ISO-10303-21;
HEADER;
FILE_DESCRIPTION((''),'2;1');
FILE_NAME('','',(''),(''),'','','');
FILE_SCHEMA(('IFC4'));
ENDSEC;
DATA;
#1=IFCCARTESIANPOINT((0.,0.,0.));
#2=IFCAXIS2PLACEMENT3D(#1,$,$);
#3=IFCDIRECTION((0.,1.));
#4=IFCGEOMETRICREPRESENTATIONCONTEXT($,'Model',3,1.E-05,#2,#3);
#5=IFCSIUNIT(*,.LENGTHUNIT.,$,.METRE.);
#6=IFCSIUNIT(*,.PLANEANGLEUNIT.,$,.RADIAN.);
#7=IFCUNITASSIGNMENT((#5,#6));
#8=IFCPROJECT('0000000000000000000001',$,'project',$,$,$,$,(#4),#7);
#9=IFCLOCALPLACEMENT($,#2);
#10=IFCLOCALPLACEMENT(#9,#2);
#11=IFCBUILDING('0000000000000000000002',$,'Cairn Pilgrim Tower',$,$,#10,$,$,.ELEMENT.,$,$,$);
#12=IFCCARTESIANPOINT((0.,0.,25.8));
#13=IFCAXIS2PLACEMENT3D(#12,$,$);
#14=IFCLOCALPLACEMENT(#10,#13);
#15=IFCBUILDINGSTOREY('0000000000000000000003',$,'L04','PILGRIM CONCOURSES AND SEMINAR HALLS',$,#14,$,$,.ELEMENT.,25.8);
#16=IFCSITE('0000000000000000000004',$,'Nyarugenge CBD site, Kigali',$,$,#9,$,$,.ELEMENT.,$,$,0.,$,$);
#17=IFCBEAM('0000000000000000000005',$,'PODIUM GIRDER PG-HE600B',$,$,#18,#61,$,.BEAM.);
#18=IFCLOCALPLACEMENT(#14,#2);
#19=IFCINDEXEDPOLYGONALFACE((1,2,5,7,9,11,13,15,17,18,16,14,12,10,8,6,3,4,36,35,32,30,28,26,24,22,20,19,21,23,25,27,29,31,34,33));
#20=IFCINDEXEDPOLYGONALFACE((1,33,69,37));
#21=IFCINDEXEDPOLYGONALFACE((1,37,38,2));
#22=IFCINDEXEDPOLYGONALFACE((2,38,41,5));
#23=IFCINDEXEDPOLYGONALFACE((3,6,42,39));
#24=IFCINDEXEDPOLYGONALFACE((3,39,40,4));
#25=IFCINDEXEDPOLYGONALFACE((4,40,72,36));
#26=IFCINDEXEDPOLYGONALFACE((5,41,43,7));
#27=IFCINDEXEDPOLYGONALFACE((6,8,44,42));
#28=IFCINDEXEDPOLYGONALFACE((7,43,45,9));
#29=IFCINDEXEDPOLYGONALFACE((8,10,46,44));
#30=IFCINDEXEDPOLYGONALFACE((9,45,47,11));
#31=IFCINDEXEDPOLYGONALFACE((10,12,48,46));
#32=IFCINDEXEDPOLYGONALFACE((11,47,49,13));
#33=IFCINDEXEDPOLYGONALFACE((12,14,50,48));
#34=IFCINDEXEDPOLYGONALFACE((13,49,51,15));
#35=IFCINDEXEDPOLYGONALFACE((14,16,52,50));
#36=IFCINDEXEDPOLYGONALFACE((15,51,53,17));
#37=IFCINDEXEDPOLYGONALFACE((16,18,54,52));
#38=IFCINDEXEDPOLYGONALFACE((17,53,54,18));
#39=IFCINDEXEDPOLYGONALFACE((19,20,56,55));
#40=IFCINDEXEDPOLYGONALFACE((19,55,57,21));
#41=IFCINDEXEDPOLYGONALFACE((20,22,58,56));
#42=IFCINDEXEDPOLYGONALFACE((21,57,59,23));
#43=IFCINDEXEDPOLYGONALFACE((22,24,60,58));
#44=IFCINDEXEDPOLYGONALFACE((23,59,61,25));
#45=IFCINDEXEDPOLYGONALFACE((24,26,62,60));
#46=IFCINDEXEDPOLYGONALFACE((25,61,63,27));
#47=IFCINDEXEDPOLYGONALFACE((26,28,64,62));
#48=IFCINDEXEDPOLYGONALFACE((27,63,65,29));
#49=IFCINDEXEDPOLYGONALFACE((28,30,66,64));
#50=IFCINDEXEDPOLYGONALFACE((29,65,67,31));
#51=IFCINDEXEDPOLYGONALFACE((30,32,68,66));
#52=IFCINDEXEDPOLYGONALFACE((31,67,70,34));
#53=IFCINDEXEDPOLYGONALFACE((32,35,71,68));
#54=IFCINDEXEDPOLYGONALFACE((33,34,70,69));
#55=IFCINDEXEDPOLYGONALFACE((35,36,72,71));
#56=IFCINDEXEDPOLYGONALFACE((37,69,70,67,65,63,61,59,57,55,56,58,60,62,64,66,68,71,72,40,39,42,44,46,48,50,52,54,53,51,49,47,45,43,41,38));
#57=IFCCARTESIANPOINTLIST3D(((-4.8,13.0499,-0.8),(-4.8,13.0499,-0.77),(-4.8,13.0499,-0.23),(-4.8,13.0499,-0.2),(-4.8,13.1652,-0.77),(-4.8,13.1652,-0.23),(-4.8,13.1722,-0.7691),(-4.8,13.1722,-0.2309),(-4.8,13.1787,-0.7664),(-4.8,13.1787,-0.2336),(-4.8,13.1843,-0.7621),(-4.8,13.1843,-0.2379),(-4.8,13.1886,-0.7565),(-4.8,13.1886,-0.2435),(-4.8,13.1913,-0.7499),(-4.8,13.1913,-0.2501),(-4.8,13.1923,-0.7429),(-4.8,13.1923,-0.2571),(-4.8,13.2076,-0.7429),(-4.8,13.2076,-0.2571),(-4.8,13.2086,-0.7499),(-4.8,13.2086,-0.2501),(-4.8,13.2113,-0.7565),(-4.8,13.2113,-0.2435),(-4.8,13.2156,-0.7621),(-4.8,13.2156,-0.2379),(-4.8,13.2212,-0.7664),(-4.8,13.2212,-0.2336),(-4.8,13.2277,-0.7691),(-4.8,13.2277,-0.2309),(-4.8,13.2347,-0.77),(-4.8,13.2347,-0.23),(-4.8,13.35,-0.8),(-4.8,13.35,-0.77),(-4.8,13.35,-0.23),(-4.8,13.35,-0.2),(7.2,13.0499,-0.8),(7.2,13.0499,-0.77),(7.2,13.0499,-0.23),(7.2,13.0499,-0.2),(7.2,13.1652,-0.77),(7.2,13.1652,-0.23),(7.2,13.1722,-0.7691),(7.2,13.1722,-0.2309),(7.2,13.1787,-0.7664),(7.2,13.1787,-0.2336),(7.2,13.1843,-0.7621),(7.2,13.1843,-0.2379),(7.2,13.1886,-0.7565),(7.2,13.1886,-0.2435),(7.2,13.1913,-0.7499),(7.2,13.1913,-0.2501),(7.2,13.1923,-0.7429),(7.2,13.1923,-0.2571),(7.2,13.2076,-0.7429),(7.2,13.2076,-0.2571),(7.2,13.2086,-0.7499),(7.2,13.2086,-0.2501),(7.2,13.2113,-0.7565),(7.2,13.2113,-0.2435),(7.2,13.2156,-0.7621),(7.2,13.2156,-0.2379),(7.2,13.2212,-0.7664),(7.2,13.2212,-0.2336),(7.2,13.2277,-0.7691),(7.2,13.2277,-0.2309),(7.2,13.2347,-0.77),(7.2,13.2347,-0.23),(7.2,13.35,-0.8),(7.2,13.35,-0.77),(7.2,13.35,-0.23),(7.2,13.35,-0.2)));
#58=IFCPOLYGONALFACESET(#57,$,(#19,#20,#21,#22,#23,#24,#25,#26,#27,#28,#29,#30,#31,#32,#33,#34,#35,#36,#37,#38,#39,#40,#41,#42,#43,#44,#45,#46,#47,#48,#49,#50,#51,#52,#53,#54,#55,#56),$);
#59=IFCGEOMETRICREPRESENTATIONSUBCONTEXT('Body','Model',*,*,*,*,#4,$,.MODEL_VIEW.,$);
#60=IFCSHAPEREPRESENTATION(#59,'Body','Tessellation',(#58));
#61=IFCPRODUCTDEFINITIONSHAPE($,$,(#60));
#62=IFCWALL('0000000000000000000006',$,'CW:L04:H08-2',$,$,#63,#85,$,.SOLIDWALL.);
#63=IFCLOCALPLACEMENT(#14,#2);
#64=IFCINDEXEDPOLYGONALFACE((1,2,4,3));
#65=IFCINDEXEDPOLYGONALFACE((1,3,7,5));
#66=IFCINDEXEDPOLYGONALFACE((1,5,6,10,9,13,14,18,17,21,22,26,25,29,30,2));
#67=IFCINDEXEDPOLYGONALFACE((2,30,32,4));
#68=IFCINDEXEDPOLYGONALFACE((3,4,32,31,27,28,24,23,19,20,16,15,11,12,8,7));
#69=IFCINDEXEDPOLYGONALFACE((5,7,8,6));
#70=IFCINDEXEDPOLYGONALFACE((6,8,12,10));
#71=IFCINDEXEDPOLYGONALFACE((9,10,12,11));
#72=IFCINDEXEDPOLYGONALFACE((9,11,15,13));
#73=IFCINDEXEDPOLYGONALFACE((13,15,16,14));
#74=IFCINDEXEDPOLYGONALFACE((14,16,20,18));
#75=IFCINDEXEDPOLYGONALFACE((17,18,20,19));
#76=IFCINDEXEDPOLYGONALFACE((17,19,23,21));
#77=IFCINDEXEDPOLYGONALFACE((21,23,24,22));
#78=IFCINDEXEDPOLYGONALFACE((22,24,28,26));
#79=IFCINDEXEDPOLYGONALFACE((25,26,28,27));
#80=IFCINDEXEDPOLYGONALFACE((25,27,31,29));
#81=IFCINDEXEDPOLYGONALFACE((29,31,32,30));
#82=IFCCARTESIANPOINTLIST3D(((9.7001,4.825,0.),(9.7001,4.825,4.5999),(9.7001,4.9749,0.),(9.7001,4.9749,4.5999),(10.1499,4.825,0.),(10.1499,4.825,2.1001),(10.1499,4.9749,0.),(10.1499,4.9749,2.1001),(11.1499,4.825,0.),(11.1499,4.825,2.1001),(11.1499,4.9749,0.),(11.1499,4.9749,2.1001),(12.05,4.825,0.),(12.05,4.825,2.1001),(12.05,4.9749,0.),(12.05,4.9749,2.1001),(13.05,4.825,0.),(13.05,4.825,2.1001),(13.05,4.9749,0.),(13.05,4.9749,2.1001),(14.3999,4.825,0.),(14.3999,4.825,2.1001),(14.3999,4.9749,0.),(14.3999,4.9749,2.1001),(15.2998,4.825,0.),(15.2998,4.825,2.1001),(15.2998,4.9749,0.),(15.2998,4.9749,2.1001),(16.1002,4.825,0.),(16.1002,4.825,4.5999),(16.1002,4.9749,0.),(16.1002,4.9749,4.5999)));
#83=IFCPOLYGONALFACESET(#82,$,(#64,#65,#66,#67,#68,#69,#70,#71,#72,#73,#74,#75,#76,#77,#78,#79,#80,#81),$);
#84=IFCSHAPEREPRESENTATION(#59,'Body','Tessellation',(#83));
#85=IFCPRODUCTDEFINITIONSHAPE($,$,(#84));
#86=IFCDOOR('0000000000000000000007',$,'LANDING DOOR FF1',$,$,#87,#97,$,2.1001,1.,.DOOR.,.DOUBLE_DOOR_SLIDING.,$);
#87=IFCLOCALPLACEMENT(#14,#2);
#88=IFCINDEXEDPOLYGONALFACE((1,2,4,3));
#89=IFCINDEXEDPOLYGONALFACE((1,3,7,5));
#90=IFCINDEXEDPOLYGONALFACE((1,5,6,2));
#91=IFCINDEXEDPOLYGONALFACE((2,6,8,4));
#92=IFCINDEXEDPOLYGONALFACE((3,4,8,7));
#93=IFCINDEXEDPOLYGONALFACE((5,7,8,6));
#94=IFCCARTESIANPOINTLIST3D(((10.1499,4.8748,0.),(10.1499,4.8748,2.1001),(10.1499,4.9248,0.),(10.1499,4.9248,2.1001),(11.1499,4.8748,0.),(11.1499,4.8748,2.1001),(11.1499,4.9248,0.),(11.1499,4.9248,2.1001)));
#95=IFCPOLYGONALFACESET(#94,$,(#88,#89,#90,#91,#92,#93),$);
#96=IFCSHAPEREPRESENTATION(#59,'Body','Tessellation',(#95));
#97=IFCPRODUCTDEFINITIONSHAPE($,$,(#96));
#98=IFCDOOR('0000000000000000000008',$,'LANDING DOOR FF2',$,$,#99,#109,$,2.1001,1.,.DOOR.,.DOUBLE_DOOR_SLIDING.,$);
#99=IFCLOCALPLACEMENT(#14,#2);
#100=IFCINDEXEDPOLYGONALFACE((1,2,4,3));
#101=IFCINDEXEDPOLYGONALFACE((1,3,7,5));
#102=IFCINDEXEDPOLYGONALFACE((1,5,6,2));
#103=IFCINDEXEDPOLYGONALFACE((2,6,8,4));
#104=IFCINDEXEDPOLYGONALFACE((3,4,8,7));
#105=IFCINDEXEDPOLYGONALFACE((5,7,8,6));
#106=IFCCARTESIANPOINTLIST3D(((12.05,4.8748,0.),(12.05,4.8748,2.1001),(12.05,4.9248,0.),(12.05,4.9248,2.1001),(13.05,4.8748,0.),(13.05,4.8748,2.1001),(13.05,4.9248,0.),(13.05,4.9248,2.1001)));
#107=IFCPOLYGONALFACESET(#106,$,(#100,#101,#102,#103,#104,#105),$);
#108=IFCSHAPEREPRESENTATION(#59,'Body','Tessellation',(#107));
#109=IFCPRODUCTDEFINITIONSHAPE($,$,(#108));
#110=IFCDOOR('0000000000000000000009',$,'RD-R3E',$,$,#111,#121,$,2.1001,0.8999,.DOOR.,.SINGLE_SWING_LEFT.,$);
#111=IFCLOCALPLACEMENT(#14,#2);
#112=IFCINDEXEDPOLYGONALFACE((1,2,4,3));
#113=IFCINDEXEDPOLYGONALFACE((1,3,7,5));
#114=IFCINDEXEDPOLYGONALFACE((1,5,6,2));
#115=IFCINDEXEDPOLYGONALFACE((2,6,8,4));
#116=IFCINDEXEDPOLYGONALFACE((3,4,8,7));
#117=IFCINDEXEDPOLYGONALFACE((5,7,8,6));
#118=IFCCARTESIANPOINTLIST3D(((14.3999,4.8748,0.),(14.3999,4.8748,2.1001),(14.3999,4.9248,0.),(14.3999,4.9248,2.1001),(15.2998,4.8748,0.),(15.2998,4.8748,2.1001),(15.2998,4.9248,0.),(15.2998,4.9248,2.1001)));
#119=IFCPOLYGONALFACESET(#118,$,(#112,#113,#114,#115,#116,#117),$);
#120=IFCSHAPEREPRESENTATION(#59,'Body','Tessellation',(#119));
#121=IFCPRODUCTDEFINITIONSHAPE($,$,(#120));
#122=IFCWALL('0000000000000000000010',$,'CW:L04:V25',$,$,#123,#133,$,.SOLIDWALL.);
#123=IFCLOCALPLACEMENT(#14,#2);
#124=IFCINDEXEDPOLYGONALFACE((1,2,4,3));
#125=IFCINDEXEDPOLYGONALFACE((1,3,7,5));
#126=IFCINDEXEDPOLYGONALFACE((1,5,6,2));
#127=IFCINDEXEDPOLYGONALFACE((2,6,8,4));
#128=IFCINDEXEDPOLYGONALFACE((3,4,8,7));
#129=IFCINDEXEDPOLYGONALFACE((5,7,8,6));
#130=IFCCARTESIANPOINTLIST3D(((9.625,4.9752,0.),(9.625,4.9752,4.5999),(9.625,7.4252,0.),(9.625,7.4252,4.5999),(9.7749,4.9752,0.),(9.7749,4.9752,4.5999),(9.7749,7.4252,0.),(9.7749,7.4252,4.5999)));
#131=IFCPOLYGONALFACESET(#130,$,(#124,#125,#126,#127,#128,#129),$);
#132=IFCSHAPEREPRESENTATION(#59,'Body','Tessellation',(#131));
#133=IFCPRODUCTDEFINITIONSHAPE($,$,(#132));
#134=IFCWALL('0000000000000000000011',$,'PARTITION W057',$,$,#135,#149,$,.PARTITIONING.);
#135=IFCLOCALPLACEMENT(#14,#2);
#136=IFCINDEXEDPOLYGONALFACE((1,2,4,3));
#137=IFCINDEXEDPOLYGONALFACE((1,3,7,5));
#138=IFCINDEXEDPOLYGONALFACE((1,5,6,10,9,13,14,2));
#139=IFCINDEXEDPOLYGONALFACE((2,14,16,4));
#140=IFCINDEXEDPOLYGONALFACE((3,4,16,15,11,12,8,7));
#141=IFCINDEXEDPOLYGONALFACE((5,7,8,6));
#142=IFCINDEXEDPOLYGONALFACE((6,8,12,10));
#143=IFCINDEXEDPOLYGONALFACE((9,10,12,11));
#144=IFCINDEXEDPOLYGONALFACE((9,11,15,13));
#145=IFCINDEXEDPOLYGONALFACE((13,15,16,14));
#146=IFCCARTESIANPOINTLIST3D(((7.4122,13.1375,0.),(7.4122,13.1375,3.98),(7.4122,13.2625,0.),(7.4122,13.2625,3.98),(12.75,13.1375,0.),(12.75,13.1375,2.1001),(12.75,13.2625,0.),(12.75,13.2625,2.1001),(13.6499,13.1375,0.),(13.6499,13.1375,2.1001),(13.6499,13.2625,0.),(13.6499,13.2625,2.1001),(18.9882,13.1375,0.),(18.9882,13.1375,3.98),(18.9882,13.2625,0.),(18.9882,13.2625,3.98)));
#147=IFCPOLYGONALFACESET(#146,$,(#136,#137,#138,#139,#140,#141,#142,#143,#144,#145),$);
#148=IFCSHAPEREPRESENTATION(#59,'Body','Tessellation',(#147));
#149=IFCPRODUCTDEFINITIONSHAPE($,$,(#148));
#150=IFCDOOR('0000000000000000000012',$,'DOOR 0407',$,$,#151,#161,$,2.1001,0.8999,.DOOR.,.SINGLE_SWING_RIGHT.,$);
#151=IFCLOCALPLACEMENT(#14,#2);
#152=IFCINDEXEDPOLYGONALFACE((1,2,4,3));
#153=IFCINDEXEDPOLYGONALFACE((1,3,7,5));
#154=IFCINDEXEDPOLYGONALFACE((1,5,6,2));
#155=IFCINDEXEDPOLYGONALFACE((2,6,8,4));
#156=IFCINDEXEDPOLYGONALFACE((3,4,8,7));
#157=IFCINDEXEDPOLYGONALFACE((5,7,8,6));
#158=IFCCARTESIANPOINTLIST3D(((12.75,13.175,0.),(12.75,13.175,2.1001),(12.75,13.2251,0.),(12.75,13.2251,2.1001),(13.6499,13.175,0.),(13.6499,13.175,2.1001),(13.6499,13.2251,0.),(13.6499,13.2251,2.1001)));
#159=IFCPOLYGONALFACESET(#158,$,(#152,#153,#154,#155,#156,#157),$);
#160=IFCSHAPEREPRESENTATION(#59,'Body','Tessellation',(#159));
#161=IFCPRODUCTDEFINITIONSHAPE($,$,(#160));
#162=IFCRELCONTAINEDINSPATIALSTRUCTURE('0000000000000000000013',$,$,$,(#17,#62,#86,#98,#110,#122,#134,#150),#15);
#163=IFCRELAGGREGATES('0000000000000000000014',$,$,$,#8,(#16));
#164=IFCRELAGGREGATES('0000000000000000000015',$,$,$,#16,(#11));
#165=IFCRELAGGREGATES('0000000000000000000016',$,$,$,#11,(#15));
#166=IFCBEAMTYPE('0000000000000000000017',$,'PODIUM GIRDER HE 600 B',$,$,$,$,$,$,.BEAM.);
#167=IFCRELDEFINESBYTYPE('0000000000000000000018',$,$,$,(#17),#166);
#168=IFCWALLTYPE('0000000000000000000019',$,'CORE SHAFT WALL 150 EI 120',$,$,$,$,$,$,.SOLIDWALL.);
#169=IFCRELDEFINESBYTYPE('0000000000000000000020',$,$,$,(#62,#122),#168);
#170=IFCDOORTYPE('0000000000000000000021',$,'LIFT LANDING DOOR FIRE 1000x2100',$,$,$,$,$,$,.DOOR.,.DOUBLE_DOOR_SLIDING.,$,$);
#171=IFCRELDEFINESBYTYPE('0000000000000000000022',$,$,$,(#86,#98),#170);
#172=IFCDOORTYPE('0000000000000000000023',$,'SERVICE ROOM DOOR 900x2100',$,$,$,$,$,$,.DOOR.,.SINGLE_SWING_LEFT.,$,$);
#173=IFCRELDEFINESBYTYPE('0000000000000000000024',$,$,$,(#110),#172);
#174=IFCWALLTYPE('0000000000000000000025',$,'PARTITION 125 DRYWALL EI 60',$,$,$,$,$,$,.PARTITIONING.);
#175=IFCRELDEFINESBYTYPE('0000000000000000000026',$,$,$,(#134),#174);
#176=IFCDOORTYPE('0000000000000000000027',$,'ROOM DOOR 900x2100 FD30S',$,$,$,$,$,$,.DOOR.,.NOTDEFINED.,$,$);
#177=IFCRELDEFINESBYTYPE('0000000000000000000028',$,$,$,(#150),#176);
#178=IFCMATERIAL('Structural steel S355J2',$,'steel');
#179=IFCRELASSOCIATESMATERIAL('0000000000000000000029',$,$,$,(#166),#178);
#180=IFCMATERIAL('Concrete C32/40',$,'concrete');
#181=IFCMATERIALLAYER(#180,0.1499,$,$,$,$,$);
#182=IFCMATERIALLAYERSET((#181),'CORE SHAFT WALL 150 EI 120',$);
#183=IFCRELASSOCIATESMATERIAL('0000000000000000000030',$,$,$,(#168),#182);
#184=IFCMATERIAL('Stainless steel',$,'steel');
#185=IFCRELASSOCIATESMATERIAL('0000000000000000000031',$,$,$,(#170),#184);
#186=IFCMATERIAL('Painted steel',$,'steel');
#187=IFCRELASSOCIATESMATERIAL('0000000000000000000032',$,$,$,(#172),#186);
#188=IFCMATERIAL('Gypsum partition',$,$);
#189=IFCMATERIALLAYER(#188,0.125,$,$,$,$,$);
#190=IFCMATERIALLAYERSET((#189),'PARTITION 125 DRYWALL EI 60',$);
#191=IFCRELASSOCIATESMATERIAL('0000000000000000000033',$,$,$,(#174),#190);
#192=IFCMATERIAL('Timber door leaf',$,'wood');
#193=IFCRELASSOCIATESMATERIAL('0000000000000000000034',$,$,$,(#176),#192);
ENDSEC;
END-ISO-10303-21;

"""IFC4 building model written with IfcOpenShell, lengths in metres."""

from ifc_helpers import new_model, si_unit, direction, frame, frame_2d, origin, origin_2d, place, context, subcontext, project, spatial, rectangle, i_section, extrude, material, layer, layer_set, material_profile, profile_set, type_object, element, fill, save


model = new_model("IFC4")

# Units and contexts
model_context = context("Model", 3, precision=1e-05, world=origin(), true_north=direction((0.0, 1.0)))
body_context = subcontext(model_context, "Body", "Model", "MODEL_VIEW")
ifc_project = project(units=[si_unit("LENGTHUNIT", "METRE"), si_unit("PLANEANGLEUNIT", "RADIAN")], contexts=[model_context])

# Site, building, storey
site_placement = place(None, origin())
site = spatial("IfcSite", under=ifc_project, at=site_placement, Name="Nyarugenge CBD site, Kigali", CompositionType="ELEMENT", RefElevation=0.0)
building_placement = place(site_placement, origin())
building = spatial("IfcBuilding", under=site, at=building_placement, Name="Cairn Pilgrim Tower", CompositionType="ELEMENT")
storey_placement = place(building_placement, frame((0.0, 0.0, 25.8)))
storey = spatial("IfcBuildingStorey", under=building, at=storey_placement, Name="L04", Description="PILGRIM CONCOURSES AND SEMINAR HALLS", CompositionType="ELEMENT", Elevation=25.8)

# Beam
ifc_material_1 = material(Name="Structural steel S355J2", Category="steel")
ifc_material_profile_1 = material_profile(ifc_material_1, i_section(OverallWidth=0.3, OverallDepth=0.6001, WebThickness=0.0154, FlangeThickness=0.03, FilletRadius=0.0271, at=origin_2d()), Name="HEB 600")
ifc_profile_set_1 = profile_set([ifc_material_profile_1], Name="Structural steel S355J2")
beam_type_1 = type_object("IfcBeamType", Name="PODIUM GIRDER HE 600 B", PredefinedType="BEAM", material=ifc_profile_set_1)
beam_1_placement = place(storey_placement, frame((7.2, 13.2, -0.5), z_axis=(-1.0, 0.0, 0.0), x_axis=(0.0, -1.0, 0.0)))
element("IfcBeam", 1, at=beam_1_placement, inside=storey, type_object=beam_type_1, Name="PODIUM GIRDER PG-HE600B", PredefinedType="BEAM", context=body_context, shape_type="SweptSolid", body=[
    extrude(i_section(OverallWidth=0.3, OverallDepth=0.6001, WebThickness=0.0154, FlangeThickness=0.03, FilletRadius=0.0271, at=origin_2d()), origin(), (0.0, 0.0, 1.0), 12.0),
])

# Wall, openings, doors
ifc_material_2 = material(Name="Concrete C32/40", Category="concrete")
ifc_layer_1 = layer(ifc_material_2, 0.1499)
ifc_layer_set_1 = layer_set([ifc_layer_1], Name="CORE SHAFT WALL 150 EI 120")
wall_type_1 = type_object("IfcWallType", Name="CORE SHAFT WALL 150 EI 120", PredefinedType="SOLIDWALL", material=ifc_layer_set_1)
wall_1_placement = place(storey_placement, frame((9.7, 4.8999, 0.0), z_axis=(0.0, 0.0, 1.0), x_axis=(1.0, 0.0, 0.0)))
wall_1 = element("IfcWall", 2, at=wall_1_placement, inside=storey, type_object=wall_type_1, Name="CW:L04:H08-2", PredefinedType="SOLIDWALL", context=body_context, shape_type="SweptSolid", body=[
    extrude(rectangle(XDim=6.4001, YDim=0.1499, at=frame_2d((3.2002, 0.0))), origin(), (0.0, 0.0, 1.0), 4.5999),
])
opening_1_placement = place(wall_1_placement, frame((0.45, 0.0, 0.0)))
opening_1 = element("IfcOpeningElement", 3, at=opening_1_placement, cuts=wall_1, PredefinedType="OPENING", context=body_context, shape_type="SweptSolid", body=[
    extrude(rectangle(XDim=1.0, YDim=2.1001, at=frame_2d((0.5, 1.05))), frame((0.0, 0.085, 0.0), z_axis=(0.0, -1.0, 0.0), x_axis=(1.0, 0.0, 0.0)), (0.0, 0.0, 1.0), 0.1699),
])
opening_2_placement = place(wall_1_placement, frame((2.3501, 0.0, 0.0)))
opening_2 = element("IfcOpeningElement", 4, at=opening_2_placement, cuts=wall_1, PredefinedType="OPENING", context=body_context, shape_type="SweptSolid", body=[
    extrude(rectangle(XDim=1.0, YDim=2.1001, at=frame_2d((0.5, 1.05))), frame((0.0, 0.085, 0.0), z_axis=(0.0, -1.0, 0.0), x_axis=(1.0, 0.0, 0.0)), (0.0, 0.0, 1.0), 0.1699),
])
opening_3_placement = place(wall_1_placement, frame((4.7, 0.0, 0.0)))
opening_3 = element("IfcOpeningElement", 5, at=opening_3_placement, cuts=wall_1, PredefinedType="OPENING", context=body_context, shape_type="SweptSolid", body=[
    extrude(rectangle(XDim=0.8999, YDim=2.1001, at=frame_2d((0.45, 1.05))), frame((0.0, 0.085, 0.0), z_axis=(0.0, -1.0, 0.0), x_axis=(1.0, 0.0, 0.0)), (0.0, 0.0, 1.0), 0.1699),
])
ifc_material_3 = material(Name="Stainless steel", Category="steel")
door_type_1 = type_object("IfcDoorType", Name="LIFT LANDING DOOR FIRE 1000x2100", OperationType="DOUBLE_DOOR_SLIDING", PredefinedType="DOOR", material=ifc_material_3)
door_1_placement = place(opening_1_placement, origin())
door_1 = element("IfcDoor", 6, at=door_1_placement, inside=storey, type_object=door_type_1, Name="LANDING DOOR FF1", OperationType="DOUBLE_DOOR_SLIDING", OverallHeight=2.1001, OverallWidth=1.0, PredefinedType="DOOR", context=body_context, shape_type="SweptSolid", body=[
    extrude(rectangle(XDim=1.0, YDim=2.1001, at=frame_2d((0.5, 1.05))), frame((0.0, 0.0249, 0.0), z_axis=(0.0, -1.0, 0.0), x_axis=(1.0, 0.0, 0.0)), (0.0, 0.0, 1.0), 0.05),
])
fill(opening_1, door_1)
door_2_placement = place(opening_2_placement, origin())
door_2 = element("IfcDoor", 7, at=door_2_placement, inside=storey, type_object=door_type_1, Name="LANDING DOOR FF2", OperationType="DOUBLE_DOOR_SLIDING", OverallHeight=2.1001, OverallWidth=1.0, PredefinedType="DOOR", context=body_context, shape_type="SweptSolid", body=[
    extrude(rectangle(XDim=1.0, YDim=2.1001, at=frame_2d((0.5, 1.05))), frame((0.0, 0.0249, 0.0), z_axis=(0.0, -1.0, 0.0), x_axis=(1.0, 0.0, 0.0)), (0.0, 0.0, 1.0), 0.05),
])
fill(opening_2, door_2)
ifc_material_4 = material(Name="Painted steel", Category="steel")
door_type_2 = type_object("IfcDoorType", Name="SERVICE ROOM DOOR 900x2100", OperationType="SINGLE_SWING_LEFT", PredefinedType="DOOR", material=ifc_material_4)
door_3_placement = place(opening_3_placement, origin())
door_3 = element("IfcDoor", 8, at=door_3_placement, inside=storey, type_object=door_type_2, Name="RD-R3E", OperationType="SINGLE_SWING_LEFT", OverallHeight=2.1001, OverallWidth=0.8999, PredefinedType="DOOR", context=body_context, shape_type="SweptSolid", body=[
    extrude(rectangle(XDim=0.8999, YDim=2.1001, at=frame_2d((0.45, 1.05))), frame((0.0, 0.0249, 0.0), z_axis=(0.0, -1.0, 0.0), x_axis=(1.0, 0.0, 0.0)), (0.0, 0.0, 1.0), 0.05),
])
fill(opening_3, door_3)

# Wall
wall_2_placement = place(storey_placement, frame((9.7, 4.9751, 0.0), z_axis=(0.0, 0.0, 1.0), x_axis=(0.0, 1.0, 0.0)))
element("IfcWall", 9, at=wall_2_placement, inside=storey, type_object=wall_type_1, Name="CW:L04:V25", PredefinedType="SOLIDWALL", context=body_context, shape_type="SweptSolid", body=[
    extrude(rectangle(XDim=2.45, YDim=0.1499, at=frame_2d((1.2251, 0.0))), origin(), (0.0, 0.0, 1.0), 4.5999),
])

# Wall, opening, door
ifc_material_5 = material(Name="Gypsum partition")
ifc_layer_2 = layer(ifc_material_5, 0.125)
ifc_layer_set_2 = layer_set([ifc_layer_2], Name="PARTITION 125 DRYWALL EI 60")
wall_type_2 = type_object("IfcWallType", Name="PARTITION 125 DRYWALL EI 60", PredefinedType="PARTITIONING", material=ifc_layer_set_2)
wall_3_placement = place(storey_placement, frame((7.4121, 13.2, 0.0), z_axis=(0.0, 0.0, 1.0), x_axis=(1.0, 0.0, 0.0)))
wall_3 = element("IfcWall", 10, at=wall_3_placement, inside=storey, type_object=wall_type_2, Name="PARTITION W057", PredefinedType="PARTITIONING", context=body_context, shape_type="SweptSolid", body=[
    extrude(rectangle(XDim=11.5759, YDim=0.125, at=frame_2d((5.7881, 0.0))), origin(), (0.0, 0.0, 1.0), 3.98),
])
opening_4_placement = place(wall_3_placement, frame((5.3379, 0.0, 0.0)))
opening_4 = element("IfcOpeningElement", 11, at=opening_4_placement, cuts=wall_3, PredefinedType="OPENING", context=body_context, shape_type="SweptSolid", body=[
    extrude(rectangle(XDim=0.8999, YDim=2.1001, at=frame_2d((0.45, 1.05))), frame((0.0, 0.0725, 0.0), z_axis=(0.0, -1.0, 0.0), x_axis=(1.0, 0.0, 0.0)), (0.0, 0.0, 1.0), 0.145),
])
ifc_material_6 = material(Name="Timber door leaf", Category="wood")
door_type_3 = type_object("IfcDoorType", Name="ROOM DOOR 900x2100 FD30S", OperationType="NOTDEFINED", PredefinedType="DOOR", material=ifc_material_6)
door_4_placement = place(opening_4_placement, frame((0.8999, 0.0, 0.0), z_axis=(0.0, 0.0, 1.0), x_axis=(-1.0, 0.0, 0.0)))
door_4 = element("IfcDoor", 12, at=door_4_placement, inside=storey, type_object=door_type_3, Name="DOOR 0407", OperationType="SINGLE_SWING_RIGHT", OverallHeight=2.1001, OverallWidth=0.8999, PredefinedType="DOOR", context=body_context, shape_type="SweptSolid", body=[
    extrude(rectangle(XDim=0.8999, YDim=2.1001, at=frame_2d((0.45, 1.05))), frame((0.0, 0.0249, 0.0), z_axis=(0.0, -1.0, 0.0), x_axis=(1.0, 0.0, 0.0)), (0.0, 0.0, 1.0), 0.05),
])
fill(opening_4, door_4)

save(model, "model.ifc")
